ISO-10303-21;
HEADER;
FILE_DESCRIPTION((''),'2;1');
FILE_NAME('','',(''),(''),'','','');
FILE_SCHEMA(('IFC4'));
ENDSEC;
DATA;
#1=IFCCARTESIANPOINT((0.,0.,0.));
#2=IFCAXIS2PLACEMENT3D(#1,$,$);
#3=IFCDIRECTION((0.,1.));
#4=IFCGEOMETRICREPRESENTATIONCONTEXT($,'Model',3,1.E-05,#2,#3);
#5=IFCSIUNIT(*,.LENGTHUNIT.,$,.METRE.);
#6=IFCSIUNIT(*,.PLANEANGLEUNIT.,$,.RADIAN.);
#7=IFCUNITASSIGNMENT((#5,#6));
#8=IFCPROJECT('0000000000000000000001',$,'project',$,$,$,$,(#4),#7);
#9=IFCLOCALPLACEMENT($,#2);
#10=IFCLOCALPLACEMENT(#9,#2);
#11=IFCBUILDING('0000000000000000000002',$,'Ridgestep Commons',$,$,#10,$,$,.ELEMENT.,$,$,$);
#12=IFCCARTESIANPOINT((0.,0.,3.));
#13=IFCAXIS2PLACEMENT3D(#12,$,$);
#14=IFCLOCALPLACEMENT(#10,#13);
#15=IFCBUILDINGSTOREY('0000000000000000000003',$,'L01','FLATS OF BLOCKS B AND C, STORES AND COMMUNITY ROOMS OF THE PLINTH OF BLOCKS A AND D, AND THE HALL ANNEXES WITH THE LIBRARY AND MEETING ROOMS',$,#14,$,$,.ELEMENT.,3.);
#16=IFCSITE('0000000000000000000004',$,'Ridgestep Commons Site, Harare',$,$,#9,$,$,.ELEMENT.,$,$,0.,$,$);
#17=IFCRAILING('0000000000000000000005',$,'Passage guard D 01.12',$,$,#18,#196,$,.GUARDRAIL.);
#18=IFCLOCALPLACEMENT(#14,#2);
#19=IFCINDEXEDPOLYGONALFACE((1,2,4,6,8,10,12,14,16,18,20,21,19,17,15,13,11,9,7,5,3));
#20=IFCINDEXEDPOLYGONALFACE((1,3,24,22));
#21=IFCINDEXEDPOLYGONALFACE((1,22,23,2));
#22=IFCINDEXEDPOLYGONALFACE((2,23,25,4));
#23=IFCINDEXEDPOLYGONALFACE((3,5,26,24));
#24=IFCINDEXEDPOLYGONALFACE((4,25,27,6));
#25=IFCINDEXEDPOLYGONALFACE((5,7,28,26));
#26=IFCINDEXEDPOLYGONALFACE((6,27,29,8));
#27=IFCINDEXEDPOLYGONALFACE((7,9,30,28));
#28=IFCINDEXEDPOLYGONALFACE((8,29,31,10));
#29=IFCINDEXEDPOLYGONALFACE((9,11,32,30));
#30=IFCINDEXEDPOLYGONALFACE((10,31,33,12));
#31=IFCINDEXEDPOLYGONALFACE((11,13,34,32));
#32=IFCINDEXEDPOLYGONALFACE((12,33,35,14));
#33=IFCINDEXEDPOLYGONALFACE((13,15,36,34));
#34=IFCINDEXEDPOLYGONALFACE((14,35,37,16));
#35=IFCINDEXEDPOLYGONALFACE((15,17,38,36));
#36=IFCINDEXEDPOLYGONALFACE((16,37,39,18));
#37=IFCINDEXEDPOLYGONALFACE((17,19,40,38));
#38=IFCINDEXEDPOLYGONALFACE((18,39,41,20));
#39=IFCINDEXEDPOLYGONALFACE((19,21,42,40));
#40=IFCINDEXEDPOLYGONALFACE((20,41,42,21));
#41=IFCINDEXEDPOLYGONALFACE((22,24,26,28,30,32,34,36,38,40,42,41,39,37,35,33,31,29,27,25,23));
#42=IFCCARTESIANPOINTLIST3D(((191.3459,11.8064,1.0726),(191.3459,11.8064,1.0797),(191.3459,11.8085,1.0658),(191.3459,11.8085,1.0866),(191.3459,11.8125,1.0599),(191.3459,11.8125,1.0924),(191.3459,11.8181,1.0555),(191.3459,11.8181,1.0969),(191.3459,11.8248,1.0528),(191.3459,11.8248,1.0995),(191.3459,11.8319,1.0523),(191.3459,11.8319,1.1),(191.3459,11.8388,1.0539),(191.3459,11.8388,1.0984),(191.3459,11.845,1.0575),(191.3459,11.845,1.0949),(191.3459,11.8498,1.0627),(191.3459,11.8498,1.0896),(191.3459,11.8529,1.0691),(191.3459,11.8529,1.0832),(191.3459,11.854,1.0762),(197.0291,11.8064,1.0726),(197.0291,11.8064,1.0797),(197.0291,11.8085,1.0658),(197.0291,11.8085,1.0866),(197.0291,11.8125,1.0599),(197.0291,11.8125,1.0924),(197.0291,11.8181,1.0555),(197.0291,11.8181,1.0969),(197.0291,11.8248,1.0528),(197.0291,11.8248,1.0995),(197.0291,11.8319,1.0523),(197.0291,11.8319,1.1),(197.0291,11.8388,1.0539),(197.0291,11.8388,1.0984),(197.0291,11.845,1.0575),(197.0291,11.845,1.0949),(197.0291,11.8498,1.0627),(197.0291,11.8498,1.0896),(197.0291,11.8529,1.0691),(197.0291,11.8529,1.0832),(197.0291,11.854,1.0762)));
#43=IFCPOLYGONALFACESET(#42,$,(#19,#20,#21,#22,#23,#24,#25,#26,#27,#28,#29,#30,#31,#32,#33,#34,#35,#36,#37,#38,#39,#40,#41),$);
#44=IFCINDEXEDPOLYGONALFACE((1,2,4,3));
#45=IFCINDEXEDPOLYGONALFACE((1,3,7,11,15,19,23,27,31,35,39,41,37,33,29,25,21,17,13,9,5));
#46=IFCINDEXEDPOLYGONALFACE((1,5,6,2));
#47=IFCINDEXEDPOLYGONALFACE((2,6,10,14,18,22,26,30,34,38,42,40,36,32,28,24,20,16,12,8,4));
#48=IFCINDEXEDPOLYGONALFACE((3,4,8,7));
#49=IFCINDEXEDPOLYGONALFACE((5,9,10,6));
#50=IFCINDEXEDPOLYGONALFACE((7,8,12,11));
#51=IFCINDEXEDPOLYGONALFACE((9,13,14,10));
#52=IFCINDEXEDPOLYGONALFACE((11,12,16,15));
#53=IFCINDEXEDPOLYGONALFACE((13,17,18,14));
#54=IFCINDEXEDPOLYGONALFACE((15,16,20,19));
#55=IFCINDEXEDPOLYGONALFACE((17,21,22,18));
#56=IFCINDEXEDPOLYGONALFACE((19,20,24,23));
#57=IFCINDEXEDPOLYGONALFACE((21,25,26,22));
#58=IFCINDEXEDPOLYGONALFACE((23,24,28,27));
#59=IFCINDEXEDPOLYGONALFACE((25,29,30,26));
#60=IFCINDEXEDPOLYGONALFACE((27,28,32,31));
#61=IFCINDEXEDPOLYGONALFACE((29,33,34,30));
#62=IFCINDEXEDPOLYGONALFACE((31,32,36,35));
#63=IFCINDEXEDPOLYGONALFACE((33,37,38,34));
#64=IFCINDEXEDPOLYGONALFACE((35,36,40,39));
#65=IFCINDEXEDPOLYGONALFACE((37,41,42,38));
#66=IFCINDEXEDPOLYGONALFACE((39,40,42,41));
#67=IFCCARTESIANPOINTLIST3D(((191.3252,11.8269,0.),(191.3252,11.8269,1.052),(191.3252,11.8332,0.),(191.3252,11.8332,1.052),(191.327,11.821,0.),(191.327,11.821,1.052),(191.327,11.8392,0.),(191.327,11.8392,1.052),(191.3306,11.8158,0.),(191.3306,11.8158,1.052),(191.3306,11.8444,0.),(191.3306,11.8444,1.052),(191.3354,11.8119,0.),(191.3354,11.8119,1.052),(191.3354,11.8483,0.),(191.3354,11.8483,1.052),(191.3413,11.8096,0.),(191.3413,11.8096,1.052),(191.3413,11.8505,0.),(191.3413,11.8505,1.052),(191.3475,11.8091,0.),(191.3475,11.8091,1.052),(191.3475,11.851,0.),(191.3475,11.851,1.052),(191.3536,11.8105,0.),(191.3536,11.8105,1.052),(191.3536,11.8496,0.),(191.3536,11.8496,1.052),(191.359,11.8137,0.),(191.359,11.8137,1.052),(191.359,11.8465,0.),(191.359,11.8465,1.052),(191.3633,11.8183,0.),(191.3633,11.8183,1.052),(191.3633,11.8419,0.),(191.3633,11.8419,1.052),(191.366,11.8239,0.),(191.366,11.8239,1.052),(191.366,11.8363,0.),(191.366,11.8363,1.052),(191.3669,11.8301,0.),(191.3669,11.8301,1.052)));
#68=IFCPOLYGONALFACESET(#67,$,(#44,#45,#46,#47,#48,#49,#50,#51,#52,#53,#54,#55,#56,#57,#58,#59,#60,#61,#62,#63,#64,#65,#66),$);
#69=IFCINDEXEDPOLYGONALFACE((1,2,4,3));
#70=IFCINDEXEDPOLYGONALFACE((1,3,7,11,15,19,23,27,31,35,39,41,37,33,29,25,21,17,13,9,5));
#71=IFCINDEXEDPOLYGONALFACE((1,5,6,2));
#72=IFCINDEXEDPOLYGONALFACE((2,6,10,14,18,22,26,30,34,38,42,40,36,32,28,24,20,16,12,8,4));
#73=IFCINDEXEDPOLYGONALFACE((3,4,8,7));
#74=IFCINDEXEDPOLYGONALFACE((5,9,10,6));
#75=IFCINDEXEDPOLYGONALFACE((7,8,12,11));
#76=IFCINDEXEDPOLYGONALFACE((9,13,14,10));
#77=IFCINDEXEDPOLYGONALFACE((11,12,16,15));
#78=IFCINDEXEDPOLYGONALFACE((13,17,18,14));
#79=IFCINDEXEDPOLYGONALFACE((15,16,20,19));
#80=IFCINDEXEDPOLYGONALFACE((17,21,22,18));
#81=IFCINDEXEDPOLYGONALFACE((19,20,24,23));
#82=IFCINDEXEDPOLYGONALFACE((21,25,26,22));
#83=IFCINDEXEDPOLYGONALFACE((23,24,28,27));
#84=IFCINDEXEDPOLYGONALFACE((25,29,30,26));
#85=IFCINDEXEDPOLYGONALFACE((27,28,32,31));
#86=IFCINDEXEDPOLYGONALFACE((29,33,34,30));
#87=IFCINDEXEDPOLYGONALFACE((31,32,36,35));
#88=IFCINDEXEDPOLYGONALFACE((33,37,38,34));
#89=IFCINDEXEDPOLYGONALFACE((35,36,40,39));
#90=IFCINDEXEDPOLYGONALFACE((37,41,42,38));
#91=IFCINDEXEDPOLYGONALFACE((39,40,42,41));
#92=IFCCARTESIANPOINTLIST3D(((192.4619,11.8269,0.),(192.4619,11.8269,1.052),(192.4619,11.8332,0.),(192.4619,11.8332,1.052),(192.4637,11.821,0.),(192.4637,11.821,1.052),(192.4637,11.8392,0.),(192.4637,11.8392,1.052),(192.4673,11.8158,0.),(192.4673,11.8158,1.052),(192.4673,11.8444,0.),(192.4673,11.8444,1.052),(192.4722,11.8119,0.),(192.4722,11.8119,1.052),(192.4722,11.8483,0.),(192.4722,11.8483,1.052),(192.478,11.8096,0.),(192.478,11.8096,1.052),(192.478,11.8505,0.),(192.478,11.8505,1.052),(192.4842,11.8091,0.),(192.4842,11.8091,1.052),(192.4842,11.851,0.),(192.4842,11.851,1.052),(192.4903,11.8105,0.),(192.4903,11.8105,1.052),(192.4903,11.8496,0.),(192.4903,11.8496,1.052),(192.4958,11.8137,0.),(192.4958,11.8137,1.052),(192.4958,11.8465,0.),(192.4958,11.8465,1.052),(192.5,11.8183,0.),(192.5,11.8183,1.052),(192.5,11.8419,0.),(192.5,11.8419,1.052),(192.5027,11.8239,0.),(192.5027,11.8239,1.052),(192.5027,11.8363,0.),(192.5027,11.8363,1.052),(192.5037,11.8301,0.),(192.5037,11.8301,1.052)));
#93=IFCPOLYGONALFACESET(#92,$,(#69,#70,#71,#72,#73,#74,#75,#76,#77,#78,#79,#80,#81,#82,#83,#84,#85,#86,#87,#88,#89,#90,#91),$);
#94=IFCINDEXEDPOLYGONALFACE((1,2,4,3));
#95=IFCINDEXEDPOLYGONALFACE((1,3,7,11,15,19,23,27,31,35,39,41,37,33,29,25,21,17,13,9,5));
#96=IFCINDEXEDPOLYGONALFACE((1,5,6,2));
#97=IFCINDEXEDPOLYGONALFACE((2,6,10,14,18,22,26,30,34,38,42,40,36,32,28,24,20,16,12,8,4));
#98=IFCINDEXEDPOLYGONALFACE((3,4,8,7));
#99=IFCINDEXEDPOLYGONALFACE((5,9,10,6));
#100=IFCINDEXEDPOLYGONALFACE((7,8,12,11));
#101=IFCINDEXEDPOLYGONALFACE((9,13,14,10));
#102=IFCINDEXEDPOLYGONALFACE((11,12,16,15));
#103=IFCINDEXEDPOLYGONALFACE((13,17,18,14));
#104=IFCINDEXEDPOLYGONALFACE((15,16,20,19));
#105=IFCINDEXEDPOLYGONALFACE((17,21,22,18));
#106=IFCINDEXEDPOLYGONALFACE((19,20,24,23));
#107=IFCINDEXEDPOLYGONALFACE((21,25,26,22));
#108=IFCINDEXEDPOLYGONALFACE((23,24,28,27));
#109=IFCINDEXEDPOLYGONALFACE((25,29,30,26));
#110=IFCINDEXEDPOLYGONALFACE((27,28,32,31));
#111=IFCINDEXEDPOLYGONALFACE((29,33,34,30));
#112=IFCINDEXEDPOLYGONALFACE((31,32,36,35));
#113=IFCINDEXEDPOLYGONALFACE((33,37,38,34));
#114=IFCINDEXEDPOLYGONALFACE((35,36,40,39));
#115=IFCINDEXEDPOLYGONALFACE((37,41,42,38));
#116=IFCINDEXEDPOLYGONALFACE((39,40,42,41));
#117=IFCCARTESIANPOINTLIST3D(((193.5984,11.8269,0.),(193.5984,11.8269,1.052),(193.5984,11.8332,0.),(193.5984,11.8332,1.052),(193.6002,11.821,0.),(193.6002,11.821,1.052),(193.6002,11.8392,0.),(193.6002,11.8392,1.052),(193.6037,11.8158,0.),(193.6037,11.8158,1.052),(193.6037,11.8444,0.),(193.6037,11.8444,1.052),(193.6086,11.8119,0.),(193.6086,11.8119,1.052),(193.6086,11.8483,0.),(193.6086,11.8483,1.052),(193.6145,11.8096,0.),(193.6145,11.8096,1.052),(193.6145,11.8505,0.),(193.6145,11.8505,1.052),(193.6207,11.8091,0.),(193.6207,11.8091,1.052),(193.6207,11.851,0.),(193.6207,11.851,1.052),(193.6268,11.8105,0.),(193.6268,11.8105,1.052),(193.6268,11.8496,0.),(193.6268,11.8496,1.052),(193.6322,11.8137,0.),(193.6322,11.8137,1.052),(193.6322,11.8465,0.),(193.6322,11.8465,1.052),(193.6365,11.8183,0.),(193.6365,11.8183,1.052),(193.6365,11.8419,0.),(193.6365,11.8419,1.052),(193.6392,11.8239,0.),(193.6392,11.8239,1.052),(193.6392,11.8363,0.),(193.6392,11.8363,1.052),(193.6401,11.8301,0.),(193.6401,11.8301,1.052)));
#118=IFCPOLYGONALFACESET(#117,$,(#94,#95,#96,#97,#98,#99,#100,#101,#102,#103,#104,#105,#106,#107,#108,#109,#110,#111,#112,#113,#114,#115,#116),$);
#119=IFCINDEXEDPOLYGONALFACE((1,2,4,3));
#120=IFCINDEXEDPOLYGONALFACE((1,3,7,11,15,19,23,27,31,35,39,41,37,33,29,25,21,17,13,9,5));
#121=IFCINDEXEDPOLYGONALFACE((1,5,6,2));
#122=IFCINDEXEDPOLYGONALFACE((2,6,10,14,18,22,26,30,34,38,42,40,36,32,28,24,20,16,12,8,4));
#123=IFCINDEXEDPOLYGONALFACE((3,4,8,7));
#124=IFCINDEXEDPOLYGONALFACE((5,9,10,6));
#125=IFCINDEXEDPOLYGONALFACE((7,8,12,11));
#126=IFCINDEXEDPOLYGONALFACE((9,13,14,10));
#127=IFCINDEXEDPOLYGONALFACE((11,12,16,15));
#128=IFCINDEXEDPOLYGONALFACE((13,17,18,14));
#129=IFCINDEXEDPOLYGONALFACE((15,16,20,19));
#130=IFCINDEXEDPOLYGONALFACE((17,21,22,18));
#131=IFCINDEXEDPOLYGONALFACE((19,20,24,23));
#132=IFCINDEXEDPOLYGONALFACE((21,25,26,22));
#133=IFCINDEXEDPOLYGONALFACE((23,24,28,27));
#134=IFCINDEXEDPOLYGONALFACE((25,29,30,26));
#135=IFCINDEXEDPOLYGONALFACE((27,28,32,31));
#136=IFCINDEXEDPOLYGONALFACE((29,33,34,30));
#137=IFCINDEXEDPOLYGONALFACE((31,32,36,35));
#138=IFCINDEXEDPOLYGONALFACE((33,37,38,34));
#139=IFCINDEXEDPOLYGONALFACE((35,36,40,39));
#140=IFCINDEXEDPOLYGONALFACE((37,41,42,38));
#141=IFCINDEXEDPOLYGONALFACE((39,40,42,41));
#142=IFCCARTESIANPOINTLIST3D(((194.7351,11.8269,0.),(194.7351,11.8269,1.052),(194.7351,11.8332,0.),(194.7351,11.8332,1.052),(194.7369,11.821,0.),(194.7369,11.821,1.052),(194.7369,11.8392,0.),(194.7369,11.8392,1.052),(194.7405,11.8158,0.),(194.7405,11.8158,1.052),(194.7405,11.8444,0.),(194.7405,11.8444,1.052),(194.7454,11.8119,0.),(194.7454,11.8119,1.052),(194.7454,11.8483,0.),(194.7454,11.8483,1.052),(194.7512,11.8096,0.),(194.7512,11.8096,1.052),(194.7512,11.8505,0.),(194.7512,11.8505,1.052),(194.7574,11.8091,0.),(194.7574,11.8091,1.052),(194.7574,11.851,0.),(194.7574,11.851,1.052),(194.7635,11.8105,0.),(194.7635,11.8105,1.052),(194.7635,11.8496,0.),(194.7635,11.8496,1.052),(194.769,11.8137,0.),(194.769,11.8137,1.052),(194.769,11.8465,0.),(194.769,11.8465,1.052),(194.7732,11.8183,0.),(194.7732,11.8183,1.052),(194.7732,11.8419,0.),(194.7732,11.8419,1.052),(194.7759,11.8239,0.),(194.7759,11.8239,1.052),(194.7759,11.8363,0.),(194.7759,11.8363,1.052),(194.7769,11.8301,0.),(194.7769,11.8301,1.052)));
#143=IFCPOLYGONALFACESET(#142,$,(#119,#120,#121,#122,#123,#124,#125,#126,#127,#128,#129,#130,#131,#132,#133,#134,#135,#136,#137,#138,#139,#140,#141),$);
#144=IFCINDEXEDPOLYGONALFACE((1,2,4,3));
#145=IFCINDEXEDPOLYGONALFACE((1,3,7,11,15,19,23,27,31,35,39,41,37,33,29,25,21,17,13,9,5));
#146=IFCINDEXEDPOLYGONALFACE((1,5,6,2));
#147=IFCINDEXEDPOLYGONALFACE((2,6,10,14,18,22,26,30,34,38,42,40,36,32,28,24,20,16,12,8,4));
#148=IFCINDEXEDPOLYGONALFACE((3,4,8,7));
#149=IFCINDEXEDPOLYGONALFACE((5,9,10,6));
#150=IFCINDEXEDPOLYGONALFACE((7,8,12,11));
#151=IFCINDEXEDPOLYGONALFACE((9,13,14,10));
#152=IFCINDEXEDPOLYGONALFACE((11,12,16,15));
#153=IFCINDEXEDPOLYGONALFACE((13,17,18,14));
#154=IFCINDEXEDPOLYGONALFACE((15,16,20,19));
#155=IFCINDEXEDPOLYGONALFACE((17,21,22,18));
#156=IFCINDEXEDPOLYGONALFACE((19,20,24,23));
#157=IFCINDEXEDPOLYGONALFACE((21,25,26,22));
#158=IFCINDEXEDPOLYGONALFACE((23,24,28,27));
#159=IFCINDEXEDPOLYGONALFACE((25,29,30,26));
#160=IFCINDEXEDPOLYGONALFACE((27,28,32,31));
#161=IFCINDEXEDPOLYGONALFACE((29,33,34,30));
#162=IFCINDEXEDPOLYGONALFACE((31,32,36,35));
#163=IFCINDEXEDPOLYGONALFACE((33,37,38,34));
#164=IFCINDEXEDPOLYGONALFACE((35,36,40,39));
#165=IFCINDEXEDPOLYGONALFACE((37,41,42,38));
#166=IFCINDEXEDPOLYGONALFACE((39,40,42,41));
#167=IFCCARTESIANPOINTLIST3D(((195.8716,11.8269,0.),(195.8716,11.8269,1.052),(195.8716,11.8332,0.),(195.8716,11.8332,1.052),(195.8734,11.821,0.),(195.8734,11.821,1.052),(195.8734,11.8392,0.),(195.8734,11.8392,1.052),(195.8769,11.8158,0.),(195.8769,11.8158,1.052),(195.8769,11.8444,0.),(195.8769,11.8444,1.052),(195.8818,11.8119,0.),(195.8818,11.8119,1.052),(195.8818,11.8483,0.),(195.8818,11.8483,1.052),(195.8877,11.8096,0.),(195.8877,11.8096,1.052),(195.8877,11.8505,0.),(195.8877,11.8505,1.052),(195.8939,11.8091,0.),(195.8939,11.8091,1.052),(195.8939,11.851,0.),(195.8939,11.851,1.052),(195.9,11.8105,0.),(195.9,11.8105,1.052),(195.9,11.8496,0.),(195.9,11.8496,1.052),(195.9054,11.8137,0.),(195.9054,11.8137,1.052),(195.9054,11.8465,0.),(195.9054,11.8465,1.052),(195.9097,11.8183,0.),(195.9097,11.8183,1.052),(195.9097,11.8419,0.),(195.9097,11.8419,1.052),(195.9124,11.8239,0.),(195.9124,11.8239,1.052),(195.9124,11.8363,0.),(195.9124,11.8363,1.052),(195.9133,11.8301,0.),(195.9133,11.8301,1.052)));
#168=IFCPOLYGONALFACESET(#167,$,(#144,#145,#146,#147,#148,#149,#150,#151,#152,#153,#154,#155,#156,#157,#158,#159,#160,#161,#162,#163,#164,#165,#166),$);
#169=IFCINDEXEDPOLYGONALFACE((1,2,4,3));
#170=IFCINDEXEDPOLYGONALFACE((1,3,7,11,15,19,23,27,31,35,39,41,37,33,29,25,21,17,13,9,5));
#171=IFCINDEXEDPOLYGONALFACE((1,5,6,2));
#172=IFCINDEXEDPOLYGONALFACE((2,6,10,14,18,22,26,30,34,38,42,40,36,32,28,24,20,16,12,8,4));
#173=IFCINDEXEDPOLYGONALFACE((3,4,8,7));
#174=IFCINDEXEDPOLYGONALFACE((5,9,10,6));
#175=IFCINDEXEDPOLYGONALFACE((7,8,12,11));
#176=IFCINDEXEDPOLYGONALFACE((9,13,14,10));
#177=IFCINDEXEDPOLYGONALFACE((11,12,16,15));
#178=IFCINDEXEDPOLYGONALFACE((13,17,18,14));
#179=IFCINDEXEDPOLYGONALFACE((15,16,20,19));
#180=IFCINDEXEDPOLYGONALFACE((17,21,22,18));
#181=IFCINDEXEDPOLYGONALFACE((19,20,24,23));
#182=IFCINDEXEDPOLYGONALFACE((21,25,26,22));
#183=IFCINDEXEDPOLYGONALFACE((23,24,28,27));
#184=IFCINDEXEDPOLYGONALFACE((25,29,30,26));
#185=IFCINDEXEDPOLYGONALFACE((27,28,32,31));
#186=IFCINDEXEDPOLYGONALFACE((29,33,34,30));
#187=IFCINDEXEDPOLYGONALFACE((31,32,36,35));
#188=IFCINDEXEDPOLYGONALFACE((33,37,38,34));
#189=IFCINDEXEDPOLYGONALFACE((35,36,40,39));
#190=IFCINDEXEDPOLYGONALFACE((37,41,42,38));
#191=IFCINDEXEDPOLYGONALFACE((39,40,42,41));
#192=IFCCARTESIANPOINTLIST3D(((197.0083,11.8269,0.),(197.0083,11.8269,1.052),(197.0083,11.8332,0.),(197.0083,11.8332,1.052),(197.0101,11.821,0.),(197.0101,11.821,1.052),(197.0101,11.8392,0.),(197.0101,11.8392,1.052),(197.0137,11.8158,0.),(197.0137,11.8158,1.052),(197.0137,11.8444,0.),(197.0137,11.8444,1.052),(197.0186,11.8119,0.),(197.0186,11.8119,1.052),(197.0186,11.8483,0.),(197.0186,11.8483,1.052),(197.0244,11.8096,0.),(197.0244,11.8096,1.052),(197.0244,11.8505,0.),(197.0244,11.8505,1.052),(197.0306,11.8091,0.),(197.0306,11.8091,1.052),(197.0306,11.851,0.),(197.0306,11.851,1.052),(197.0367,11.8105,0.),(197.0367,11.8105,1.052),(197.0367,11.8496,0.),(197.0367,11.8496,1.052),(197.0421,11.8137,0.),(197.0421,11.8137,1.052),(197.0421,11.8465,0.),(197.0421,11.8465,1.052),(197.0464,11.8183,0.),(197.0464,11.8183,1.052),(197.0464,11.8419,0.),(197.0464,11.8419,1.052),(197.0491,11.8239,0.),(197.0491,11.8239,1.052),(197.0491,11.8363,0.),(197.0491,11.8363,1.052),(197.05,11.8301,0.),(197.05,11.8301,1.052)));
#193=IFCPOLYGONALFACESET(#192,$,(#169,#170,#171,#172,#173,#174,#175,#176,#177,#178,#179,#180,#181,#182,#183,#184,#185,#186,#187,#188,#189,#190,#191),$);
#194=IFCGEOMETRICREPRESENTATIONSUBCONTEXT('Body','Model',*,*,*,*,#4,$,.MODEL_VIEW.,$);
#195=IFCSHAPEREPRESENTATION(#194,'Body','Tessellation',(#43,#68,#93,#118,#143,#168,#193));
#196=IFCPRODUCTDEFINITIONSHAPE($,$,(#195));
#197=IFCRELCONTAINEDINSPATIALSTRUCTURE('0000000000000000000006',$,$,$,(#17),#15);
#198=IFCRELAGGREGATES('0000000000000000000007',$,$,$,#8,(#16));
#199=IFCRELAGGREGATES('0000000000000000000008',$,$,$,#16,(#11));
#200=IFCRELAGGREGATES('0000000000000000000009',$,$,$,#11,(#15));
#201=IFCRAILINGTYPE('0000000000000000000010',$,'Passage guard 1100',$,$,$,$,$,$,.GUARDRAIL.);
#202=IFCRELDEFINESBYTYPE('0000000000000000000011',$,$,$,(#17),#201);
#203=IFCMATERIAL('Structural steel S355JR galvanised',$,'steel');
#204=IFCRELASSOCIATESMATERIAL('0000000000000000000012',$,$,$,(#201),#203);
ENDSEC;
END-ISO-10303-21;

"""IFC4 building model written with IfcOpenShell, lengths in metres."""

from ifc_helpers import new_model, si_unit, direction, frame, origin, origin_2d, place, context, subcontext, project, spatial, circle, extrude, material, type_object, element, save


model = new_model("IFC4")

# Units and contexts
model_context = context("Model", 3, precision=1e-05, world=origin(), true_north=direction((0.0, 1.0)))
body_context = subcontext(model_context, "Body", "Model", "MODEL_VIEW")
ifc_project = project(units=[si_unit("LENGTHUNIT", "METRE"), si_unit("PLANEANGLEUNIT", "RADIAN")], contexts=[model_context])

# Site, building, storey
site_placement = place(None, origin())
site = spatial("IfcSite", under=ifc_project, at=site_placement, Name="Ridgestep Commons Site, Harare", CompositionType="ELEMENT", RefElevation=0.0)
building_placement = place(site_placement, origin())
building = spatial("IfcBuilding", under=site, at=building_placement, Name="Ridgestep Commons", CompositionType="ELEMENT")
storey_placement = place(building_placement, frame((0.0, 0.0, 3.0)))
storey = spatial("IfcBuildingStorey", under=building, at=storey_placement, Name="L01", Description="FLATS OF BLOCKS B AND C, STORES AND COMMUNITY ROOMS OF THE PLINTH OF BLOCKS A AND D, AND THE HALL ANNEXES WITH THE LIBRARY AND MEETING ROOMS", CompositionType="ELEMENT", Elevation=3.0)

# Railing
ifc_material_1 = material(Name="Structural steel S355JR galvanised", Category="steel")
railing_type = type_object("IfcRailingType", Name="Passage guard 1100", PredefinedType="GUARDRAIL", material=ifc_material_1)
railing_1_placement = place(storey_placement, frame((191.3459, 11.8301, 0.0)))
element("IfcRailing", 1, at=railing_1_placement, inside=storey, type_object=railing_type, Name="Passage guard D 01.12", PredefinedType="GUARDRAIL", context=body_context, shape_type="SweptSolid", body=[
    extrude(circle(Radius=0.0239, at=origin_2d()), frame((0.0, 0.0, 1.0762), z_axis=(1.0, 0.0, 0.0), x_axis=(0.0, 1.0, 0.0)), (0.0, 0.0, 1.0), 5.6831),
    extrude(circle(Radius=0.021, at=origin_2d()), origin(), (0.0, 0.0, 1.0), 1.052),
    extrude(circle(Radius=0.021, at=origin_2d()), frame((1.1367, 0.0, 0.0)), (0.0, 0.0, 1.0), 1.052),
    extrude(circle(Radius=0.021, at=origin_2d()), frame((2.2732, 0.0, 0.0)), (0.0, 0.0, 1.0), 1.052),
    extrude(circle(Radius=0.021, at=origin_2d()), frame((3.4099, 0.0, 0.0)), (0.0, 0.0, 1.0), 1.052),
    extrude(circle(Radius=0.021, at=origin_2d()), frame((4.5464, 0.0, 0.0)), (0.0, 0.0, 1.0), 1.052),
    extrude(circle(Radius=0.021, at=origin_2d()), frame((5.6831, 0.0, 0.0)), (0.0, 0.0, 1.0), 1.052),
])

save(model, "model.ifc")
